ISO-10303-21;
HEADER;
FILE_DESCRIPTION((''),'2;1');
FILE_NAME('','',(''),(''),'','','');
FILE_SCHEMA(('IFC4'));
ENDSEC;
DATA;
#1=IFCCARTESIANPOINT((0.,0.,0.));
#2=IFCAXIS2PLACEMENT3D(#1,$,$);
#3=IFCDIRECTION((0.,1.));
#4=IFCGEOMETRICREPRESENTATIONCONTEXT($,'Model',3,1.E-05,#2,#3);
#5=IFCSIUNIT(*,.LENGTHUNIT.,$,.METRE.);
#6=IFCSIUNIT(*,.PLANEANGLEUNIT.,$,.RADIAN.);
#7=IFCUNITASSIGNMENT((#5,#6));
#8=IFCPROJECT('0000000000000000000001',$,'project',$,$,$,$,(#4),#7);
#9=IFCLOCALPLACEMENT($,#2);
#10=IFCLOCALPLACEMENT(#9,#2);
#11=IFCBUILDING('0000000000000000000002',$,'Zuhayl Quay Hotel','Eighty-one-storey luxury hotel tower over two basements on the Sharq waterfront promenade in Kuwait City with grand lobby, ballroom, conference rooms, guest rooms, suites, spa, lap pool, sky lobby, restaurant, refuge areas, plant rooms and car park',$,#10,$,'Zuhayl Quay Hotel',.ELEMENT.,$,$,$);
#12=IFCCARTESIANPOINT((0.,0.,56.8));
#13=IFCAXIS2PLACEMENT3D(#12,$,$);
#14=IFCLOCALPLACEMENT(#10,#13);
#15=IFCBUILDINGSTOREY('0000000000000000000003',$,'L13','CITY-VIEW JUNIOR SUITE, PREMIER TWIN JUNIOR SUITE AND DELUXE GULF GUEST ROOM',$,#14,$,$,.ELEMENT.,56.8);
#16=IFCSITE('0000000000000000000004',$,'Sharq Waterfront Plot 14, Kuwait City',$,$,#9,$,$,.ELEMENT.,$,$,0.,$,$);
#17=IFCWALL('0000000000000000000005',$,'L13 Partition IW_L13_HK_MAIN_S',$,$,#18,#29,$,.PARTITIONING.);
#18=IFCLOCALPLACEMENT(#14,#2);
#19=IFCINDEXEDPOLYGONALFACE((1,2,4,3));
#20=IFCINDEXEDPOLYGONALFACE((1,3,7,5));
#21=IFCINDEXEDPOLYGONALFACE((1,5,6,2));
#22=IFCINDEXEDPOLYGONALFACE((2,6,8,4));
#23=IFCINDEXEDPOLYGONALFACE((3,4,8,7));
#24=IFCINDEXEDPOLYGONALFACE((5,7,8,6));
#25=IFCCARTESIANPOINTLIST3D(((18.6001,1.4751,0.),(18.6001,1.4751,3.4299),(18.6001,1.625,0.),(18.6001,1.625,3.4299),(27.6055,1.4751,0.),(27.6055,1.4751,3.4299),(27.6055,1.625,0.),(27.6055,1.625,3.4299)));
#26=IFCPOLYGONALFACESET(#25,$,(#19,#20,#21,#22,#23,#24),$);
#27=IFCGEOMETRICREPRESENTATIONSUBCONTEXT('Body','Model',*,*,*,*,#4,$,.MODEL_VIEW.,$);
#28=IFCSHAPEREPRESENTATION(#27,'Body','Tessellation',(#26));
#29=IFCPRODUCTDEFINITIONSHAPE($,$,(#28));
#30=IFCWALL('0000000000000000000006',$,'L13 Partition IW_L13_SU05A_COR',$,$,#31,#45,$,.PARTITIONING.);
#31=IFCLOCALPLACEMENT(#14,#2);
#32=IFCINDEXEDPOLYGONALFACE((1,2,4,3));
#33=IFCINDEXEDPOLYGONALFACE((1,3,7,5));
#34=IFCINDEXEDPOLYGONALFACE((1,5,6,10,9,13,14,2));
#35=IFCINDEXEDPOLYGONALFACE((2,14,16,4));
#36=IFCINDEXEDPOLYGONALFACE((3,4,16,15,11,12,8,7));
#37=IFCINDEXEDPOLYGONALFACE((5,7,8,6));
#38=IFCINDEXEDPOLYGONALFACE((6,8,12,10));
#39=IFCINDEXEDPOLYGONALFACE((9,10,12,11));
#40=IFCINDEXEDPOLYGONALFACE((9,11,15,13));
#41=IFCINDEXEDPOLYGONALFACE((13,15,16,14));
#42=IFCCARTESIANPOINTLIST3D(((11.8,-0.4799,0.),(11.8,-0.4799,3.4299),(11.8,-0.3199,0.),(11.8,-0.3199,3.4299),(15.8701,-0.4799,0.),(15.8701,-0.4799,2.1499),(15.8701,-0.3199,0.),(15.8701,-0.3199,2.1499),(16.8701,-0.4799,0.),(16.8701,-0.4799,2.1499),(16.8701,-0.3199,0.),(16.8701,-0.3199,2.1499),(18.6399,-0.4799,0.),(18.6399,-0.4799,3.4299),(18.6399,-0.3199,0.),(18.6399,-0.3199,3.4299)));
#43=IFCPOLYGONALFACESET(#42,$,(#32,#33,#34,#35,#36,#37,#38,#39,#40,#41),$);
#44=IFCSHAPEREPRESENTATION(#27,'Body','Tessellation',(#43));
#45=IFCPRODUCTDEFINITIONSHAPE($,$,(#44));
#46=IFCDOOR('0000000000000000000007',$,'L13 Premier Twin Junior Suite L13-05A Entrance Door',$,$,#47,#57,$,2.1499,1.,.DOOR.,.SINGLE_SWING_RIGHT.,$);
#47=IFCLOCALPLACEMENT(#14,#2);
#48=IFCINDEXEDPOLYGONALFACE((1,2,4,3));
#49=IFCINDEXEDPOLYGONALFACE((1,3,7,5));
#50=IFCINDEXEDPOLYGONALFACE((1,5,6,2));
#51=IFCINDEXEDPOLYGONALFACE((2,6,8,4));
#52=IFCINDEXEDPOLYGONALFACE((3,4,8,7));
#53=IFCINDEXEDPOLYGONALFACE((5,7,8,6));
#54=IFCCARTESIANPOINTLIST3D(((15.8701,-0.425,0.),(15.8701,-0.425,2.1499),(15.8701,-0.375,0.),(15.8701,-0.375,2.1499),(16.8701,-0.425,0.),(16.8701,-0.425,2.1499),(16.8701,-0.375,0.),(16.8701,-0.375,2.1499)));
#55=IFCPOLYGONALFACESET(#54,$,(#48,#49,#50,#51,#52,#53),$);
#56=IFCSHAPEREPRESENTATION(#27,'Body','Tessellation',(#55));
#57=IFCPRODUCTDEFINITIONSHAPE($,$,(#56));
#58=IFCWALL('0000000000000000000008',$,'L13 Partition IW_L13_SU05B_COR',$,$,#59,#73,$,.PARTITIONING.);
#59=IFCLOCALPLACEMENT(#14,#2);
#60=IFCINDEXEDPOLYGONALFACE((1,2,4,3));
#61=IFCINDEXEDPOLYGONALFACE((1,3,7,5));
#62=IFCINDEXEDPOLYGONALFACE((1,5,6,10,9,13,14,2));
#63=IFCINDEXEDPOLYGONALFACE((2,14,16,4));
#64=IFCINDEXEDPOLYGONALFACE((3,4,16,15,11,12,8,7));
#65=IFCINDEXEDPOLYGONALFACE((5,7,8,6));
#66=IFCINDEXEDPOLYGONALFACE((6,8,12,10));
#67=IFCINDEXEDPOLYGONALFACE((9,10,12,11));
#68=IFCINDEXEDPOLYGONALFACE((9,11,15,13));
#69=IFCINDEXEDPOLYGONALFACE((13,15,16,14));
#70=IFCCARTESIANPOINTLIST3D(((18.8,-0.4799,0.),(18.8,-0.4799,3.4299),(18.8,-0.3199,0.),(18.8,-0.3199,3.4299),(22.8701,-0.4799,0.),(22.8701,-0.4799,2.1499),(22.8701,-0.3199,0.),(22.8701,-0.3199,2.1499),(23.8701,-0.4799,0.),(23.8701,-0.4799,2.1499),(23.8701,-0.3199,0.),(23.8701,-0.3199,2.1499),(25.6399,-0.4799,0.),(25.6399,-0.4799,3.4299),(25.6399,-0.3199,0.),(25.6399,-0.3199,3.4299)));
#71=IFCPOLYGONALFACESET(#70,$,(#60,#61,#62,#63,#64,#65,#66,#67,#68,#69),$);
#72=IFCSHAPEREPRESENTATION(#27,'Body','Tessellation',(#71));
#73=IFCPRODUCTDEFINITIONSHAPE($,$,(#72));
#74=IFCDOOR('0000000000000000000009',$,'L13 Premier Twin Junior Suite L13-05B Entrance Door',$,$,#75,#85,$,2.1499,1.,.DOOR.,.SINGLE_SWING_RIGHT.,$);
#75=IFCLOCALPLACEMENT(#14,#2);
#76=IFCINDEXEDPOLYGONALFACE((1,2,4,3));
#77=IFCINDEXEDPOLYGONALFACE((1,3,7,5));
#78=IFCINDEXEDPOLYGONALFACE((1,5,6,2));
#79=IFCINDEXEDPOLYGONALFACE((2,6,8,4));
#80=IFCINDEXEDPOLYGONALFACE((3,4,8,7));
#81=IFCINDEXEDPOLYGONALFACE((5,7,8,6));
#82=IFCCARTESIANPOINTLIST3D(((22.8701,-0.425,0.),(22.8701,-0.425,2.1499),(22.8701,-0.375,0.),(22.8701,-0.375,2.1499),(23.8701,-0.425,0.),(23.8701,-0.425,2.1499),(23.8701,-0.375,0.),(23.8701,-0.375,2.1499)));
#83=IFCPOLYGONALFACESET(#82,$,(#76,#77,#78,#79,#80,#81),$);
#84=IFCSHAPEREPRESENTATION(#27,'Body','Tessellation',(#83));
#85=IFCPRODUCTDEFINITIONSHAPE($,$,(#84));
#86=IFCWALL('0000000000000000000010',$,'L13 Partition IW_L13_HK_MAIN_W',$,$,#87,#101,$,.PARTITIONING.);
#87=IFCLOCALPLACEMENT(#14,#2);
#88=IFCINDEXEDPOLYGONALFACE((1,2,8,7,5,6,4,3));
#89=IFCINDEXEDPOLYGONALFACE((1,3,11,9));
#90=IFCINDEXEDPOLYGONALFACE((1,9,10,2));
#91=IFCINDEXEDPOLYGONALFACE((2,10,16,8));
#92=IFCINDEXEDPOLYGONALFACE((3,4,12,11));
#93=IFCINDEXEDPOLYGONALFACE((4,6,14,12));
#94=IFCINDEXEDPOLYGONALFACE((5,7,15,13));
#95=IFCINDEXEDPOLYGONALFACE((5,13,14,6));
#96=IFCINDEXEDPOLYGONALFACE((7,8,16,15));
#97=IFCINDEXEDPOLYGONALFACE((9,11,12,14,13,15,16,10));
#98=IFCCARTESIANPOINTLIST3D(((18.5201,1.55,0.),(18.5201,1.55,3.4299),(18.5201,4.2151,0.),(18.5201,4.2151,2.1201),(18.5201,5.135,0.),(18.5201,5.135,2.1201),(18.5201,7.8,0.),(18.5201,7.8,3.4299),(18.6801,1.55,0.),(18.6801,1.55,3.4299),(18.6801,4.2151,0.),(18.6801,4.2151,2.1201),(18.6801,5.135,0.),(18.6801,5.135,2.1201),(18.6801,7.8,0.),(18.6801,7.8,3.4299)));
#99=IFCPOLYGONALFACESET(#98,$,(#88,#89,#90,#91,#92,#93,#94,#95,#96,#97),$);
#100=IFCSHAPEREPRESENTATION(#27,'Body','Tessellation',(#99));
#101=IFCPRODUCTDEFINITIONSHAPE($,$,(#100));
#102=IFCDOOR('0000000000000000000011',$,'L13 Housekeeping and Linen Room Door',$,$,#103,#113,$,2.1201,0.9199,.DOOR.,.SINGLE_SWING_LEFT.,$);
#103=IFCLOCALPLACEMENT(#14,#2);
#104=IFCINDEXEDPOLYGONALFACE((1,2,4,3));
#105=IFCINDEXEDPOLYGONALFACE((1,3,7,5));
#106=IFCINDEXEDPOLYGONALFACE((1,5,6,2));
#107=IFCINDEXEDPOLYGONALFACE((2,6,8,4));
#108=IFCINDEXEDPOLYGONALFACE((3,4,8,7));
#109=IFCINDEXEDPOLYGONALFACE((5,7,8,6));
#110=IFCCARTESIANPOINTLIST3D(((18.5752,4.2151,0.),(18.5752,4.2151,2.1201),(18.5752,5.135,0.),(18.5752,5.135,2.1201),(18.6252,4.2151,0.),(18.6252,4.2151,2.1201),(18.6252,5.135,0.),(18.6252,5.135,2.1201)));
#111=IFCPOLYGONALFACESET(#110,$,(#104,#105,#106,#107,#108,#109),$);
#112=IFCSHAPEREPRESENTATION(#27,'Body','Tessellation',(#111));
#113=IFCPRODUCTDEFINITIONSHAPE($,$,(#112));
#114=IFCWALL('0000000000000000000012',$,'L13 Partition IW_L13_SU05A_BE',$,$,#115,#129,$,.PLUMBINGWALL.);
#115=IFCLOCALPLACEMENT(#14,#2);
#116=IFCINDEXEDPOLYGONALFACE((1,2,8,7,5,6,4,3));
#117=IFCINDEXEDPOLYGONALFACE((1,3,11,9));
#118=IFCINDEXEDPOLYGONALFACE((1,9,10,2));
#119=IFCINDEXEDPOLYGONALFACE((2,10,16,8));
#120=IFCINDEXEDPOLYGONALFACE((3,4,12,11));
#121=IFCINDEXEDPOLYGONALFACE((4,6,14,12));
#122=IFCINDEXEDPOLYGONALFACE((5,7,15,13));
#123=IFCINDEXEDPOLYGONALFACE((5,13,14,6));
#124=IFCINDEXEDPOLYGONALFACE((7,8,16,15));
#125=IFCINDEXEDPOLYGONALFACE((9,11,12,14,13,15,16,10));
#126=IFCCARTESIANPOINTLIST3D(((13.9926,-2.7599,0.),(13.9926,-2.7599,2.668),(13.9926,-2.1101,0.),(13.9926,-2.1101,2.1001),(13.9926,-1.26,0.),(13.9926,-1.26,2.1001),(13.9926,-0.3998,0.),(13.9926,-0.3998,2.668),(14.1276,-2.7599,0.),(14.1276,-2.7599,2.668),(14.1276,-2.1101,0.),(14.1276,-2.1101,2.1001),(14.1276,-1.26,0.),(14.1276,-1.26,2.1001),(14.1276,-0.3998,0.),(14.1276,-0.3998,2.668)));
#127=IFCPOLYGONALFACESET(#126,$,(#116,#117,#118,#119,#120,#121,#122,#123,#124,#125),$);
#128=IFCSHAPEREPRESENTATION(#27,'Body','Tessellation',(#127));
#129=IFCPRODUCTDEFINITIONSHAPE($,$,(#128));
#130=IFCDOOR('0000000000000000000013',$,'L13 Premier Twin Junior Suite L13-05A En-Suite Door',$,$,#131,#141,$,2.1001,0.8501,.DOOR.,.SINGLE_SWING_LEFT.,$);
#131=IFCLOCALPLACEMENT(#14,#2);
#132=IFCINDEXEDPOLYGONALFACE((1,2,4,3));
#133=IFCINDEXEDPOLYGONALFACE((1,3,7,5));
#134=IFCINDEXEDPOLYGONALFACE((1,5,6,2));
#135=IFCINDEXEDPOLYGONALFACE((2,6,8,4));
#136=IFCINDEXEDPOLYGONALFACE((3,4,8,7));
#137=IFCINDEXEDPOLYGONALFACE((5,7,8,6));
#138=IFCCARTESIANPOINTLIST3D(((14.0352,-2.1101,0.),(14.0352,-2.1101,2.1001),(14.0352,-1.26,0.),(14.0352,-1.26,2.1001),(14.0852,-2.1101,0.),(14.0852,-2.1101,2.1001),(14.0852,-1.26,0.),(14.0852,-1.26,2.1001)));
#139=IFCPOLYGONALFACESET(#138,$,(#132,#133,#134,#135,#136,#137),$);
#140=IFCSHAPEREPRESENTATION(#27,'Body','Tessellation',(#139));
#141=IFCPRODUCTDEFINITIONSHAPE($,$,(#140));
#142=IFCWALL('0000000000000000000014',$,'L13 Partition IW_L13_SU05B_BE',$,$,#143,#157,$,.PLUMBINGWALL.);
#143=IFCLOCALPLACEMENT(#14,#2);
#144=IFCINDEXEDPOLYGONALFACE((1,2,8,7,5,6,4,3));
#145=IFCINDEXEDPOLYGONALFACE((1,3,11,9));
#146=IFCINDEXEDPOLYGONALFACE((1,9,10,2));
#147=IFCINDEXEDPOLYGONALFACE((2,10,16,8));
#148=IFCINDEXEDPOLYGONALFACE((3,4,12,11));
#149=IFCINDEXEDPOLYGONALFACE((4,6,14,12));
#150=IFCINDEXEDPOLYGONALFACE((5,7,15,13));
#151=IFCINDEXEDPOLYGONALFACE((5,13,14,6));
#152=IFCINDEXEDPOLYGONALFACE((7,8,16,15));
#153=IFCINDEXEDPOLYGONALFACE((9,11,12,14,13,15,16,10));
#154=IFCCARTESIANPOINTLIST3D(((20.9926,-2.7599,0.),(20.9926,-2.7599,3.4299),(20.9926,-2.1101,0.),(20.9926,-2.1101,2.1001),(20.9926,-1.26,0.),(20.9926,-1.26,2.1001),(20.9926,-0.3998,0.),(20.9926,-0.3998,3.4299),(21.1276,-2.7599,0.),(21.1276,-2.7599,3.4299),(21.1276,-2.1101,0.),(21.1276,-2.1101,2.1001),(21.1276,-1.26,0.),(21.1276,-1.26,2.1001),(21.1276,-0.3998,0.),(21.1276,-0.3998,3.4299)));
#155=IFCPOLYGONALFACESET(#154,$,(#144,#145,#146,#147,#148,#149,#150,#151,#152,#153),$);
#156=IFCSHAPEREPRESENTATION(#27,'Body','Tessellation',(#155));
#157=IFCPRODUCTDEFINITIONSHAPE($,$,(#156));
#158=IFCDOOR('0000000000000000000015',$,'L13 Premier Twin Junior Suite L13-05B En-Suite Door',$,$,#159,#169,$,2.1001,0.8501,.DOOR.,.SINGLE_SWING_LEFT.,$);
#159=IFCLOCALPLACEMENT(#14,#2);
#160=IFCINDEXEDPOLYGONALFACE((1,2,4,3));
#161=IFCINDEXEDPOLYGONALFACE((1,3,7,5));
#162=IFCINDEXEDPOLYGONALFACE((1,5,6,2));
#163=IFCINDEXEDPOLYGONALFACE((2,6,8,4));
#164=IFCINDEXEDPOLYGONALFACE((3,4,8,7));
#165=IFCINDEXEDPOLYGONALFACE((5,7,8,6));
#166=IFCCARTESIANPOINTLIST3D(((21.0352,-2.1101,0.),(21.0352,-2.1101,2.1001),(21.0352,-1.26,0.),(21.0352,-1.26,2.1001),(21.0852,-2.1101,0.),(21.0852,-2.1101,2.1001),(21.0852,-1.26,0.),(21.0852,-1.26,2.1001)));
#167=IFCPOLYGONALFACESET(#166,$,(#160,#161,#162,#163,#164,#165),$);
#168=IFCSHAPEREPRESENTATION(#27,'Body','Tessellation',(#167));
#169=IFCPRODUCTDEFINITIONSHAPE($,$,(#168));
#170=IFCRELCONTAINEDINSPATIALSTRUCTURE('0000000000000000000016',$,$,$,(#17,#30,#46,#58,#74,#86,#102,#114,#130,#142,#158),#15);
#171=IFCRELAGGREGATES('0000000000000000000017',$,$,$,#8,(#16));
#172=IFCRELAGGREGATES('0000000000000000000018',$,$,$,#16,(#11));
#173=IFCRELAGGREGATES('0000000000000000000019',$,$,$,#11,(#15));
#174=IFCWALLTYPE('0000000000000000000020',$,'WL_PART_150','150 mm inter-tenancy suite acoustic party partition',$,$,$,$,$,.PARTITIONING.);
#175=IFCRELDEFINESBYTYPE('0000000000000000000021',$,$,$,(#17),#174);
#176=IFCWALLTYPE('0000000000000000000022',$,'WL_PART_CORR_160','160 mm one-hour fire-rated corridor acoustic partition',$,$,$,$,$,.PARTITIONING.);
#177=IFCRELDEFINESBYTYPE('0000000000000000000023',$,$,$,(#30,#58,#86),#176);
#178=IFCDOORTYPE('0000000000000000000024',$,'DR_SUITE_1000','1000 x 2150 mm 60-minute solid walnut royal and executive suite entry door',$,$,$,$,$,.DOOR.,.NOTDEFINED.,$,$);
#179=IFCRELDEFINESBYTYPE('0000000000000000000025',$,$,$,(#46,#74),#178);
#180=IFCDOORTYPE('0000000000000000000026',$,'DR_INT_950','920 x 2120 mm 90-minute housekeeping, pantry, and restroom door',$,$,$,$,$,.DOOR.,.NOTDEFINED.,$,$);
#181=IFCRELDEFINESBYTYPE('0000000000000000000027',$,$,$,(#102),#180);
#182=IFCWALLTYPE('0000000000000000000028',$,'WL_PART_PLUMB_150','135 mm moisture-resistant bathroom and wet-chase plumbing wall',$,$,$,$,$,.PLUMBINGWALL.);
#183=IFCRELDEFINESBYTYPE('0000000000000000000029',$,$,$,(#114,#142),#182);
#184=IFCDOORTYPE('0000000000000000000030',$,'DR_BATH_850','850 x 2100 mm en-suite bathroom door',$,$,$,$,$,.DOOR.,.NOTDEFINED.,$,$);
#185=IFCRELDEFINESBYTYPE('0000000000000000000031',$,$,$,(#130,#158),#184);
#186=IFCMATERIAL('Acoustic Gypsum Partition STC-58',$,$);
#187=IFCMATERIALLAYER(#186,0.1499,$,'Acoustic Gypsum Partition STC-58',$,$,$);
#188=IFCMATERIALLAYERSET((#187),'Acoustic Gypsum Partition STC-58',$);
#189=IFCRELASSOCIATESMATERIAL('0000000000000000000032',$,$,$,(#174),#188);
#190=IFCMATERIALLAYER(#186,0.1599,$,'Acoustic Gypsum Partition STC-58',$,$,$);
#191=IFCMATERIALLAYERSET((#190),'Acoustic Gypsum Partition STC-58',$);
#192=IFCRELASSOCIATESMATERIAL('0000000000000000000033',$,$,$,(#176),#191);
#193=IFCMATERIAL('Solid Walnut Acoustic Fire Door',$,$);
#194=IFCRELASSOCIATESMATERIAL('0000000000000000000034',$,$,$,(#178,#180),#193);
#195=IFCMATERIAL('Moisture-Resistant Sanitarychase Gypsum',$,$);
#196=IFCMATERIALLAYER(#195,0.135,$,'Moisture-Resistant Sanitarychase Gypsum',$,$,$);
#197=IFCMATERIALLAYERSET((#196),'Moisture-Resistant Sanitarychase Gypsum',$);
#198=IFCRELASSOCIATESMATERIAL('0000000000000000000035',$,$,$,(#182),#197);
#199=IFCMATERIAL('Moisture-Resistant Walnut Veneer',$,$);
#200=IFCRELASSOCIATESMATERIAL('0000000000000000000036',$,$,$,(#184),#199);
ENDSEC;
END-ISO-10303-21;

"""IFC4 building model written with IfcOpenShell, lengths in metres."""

from ifc_helpers import new_model, si_unit, direction, frame, frame_2d, origin, place, context, subcontext, project, spatial, rectangle, extrude, material, layer, layer_set, type_object, element, fill, save


model = new_model("IFC4")

# Units and contexts
model_context = context("Model", 3, precision=1e-05, world=origin(), true_north=direction((0.0, 1.0)))
body_context = subcontext(model_context, "Body", "Model", "MODEL_VIEW")
ifc_project = project(units=[si_unit("LENGTHUNIT", "METRE"), si_unit("PLANEANGLEUNIT", "RADIAN")], contexts=[model_context])

# Site, building, storey
site_placement = place(None, origin())
site = spatial("IfcSite", under=ifc_project, at=site_placement, Name="Sharq Waterfront Plot 14, Kuwait City", CompositionType="ELEMENT", RefElevation=0.0)
building_placement = place(site_placement, origin())
building = spatial("IfcBuilding", under=site, at=building_placement, Name="Zuhayl Quay Hotel", Description="Eighty-one-storey luxury hotel tower over two basements on the Sharq waterfront promenade in Kuwait City with grand lobby, ballroom, conference rooms, guest rooms, suites, spa, lap pool, sky lobby, restaurant, refuge areas, plant rooms and car park", LongName="Zuhayl Quay Hotel", CompositionType="ELEMENT")
storey_placement = place(building_placement, frame((0.0, 0.0, 56.8)))
storey = spatial("IfcBuildingStorey", under=building, at=storey_placement, Name="L13", Description="CITY-VIEW JUNIOR SUITE, PREMIER TWIN JUNIOR SUITE AND DELUXE GULF GUEST ROOM", CompositionType="ELEMENT", Elevation=56.8)

# Wall
ifc_material_1 = material(Name="Acoustic Gypsum Partition STC-58")
ifc_layer_1 = layer(ifc_material_1, 0.1499, Name="Acoustic Gypsum Partition STC-58")
ifc_layer_set_1 = layer_set([ifc_layer_1], Name="Acoustic Gypsum Partition STC-58")
wall_type_1 = type_object("IfcWallType", Name="WL_PART_150", Description="150 mm inter-tenancy suite acoustic party partition", PredefinedType="PARTITIONING", material=ifc_layer_set_1)
wall_1_placement = place(storey_placement, frame((18.6001, 1.55, 0.0), z_axis=(0.0, 0.0, 1.0), x_axis=(1.0, 0.0, 0.0)))
element("IfcWall", 1, at=wall_1_placement, inside=storey, type_object=wall_type_1, Name="L13 Partition IW_L13_HK_MAIN_S", PredefinedType="PARTITIONING", context=body_context, shape_type="SweptSolid", body=[
    extrude(rectangle(XDim=9.0054, YDim=0.1499, at=frame_2d((4.5027, 0.0))), origin(), (0.0, 0.0, 1.0), 3.4299),
])

# Walls, openings, doors
ifc_layer_2 = layer(ifc_material_1, 0.1599, Name="Acoustic Gypsum Partition STC-58")
ifc_layer_set_2 = layer_set([ifc_layer_2], Name="Acoustic Gypsum Partition STC-58")
wall_type_2 = type_object("IfcWallType", Name="WL_PART_CORR_160", Description="160 mm one-hour fire-rated corridor acoustic partition", PredefinedType="PARTITIONING", material=ifc_layer_set_2)
wall_2_placement = place(storey_placement, frame((11.8, -0.3999, 0.0), z_axis=(0.0, 0.0, 1.0), x_axis=(1.0, 0.0, 0.0)))
wall_2 = element("IfcWall", 2, at=wall_2_placement, inside=storey, type_object=wall_type_2, Name="L13 Partition IW_L13_SU05A_COR", PredefinedType="PARTITIONING", context=body_context, shape_type="SweptSolid", body=[
    extrude(rectangle(XDim=6.8398, YDim=0.1599, at=frame_2d((3.4199, 0.0))), origin(), (0.0, 0.0, 1.0), 3.4299),
])
opening_1_placement = place(wall_2_placement, frame((4.0701, 0.0, 0.0)))
opening_1 = element("IfcOpeningElement", 3, at=opening_1_placement, cuts=wall_2, PredefinedType="OPENING", context=body_context, shape_type="SweptSolid", body=[
    extrude(rectangle(XDim=1.0, YDim=2.1499, at=frame_2d((0.5, 1.075))), frame((0.0, 0.0898, 0.0), z_axis=(0.0, -1.0, 0.0), x_axis=(1.0, 0.0, 0.0)), (0.0, 0.0, 1.0), 0.1799),
])
ifc_material_2 = material(Name="Solid Walnut Acoustic Fire Door")
door_type_1 = type_object("IfcDoorType", Name="DR_SUITE_1000", Description="1000 x 2150 mm 60-minute solid walnut royal and executive suite entry door", OperationType="NOTDEFINED", PredefinedType="DOOR", material=ifc_material_2)
door_1_placement = place(opening_1_placement, origin())
door_1 = element("IfcDoor", 4, at=door_1_placement, inside=storey, type_object=door_type_1, Name="L13 Premier Twin Junior Suite L13-05A Entrance Door", OperationType="SINGLE_SWING_RIGHT", OverallHeight=2.1499, OverallWidth=1.0, PredefinedType="DOOR", context=body_context, shape_type="SweptSolid", body=[
    extrude(rectangle(XDim=1.0, YDim=2.1499, at=frame_2d((0.5, 1.075))), frame((0.0, 0.0249, 0.0), z_axis=(0.0, -1.0, 0.0), x_axis=(1.0, 0.0, 0.0)), (0.0, 0.0, 1.0), 0.05),
])
fill(opening_1, door_1)
wall_3_placement = place(storey_placement, frame((18.8, -0.3999, 0.0), z_axis=(0.0, 0.0, 1.0), x_axis=(1.0, 0.0, 0.0)))
wall_3 = element("IfcWall", 5, at=wall_3_placement, inside=storey, type_object=wall_type_2, Name="L13 Partition IW_L13_SU05B_COR", PredefinedType="PARTITIONING", context=body_context, shape_type="SweptSolid", body=[
    extrude(rectangle(XDim=6.8398, YDim=0.1599, at=frame_2d((3.4199, 0.0))), origin(), (0.0, 0.0, 1.0), 3.4299),
])
opening_2_placement = place(wall_3_placement, frame((4.0701, 0.0, 0.0)))
opening_2 = element("IfcOpeningElement", 6, at=opening_2_placement, cuts=wall_3, PredefinedType="OPENING", context=body_context, shape_type="SweptSolid", body=[
    extrude(rectangle(XDim=1.0, YDim=2.1499, at=frame_2d((0.5, 1.075))), frame((0.0, 0.0898, 0.0), z_axis=(0.0, -1.0, 0.0), x_axis=(1.0, 0.0, 0.0)), (0.0, 0.0, 1.0), 0.1799),
])
door_2_placement = place(opening_2_placement, origin())
door_2 = element("IfcDoor", 7, at=door_2_placement, inside=storey, type_object=door_type_1, Name="L13 Premier Twin Junior Suite L13-05B Entrance Door", OperationType="SINGLE_SWING_RIGHT", OverallHeight=2.1499, OverallWidth=1.0, PredefinedType="DOOR", context=body_context, shape_type="SweptSolid", body=[
    extrude(rectangle(XDim=1.0, YDim=2.1499, at=frame_2d((0.5, 1.075))), frame((0.0, 0.0249, 0.0), z_axis=(0.0, -1.0, 0.0), x_axis=(1.0, 0.0, 0.0)), (0.0, 0.0, 1.0), 0.05),
])
fill(opening_2, door_2)
wall_4_placement = place(storey_placement, frame((18.6001, 1.55, 0.0), z_axis=(0.0, 0.0, 1.0), x_axis=(0.0, 1.0, 0.0)))
wall_4 = element("IfcWall", 8, at=wall_4_placement, inside=storey, type_object=wall_type_2, Name="L13 Partition IW_L13_HK_MAIN_W", PredefinedType="PARTITIONING", context=body_context, shape_type="SweptSolid", body=[
    extrude(rectangle(XDim=6.25, YDim=0.1599, at=frame_2d((3.125, 0.0))), origin(), (0.0, 0.0, 1.0), 3.4299),
])
opening_3_placement = place(wall_4_placement, frame((2.665, 0.0, 0.0)))
opening_3 = element("IfcOpeningElement", 9, at=opening_3_placement, cuts=wall_4, PredefinedType="OPENING", context=body_context, shape_type="SweptSolid", body=[
    extrude(rectangle(XDim=0.9199, YDim=2.1201, at=frame_2d((0.46, 1.0601))), frame((0.0, 0.0898, 0.0), z_axis=(0.0, -1.0, 0.0), x_axis=(1.0, 0.0, 0.0)), (0.0, 0.0, 1.0), 0.1799),
])
door_type_2 = type_object("IfcDoorType", Name="DR_INT_950", Description="920 x 2120 mm 90-minute housekeeping, pantry, and restroom door", OperationType="NOTDEFINED", PredefinedType="DOOR", material=ifc_material_2)
door_3_placement = place(opening_3_placement, origin())
door_3 = element("IfcDoor", 10, at=door_3_placement, inside=storey, type_object=door_type_2, Name="L13 Housekeeping and Linen Room Door", OperationType="SINGLE_SWING_LEFT", OverallHeight=2.1201, OverallWidth=0.9199, PredefinedType="DOOR", context=body_context, shape_type="SweptSolid", body=[
    extrude(rectangle(XDim=0.9199, YDim=2.1201, at=frame_2d((0.46, 1.0601))), frame((0.0, 0.0249, 0.0), z_axis=(0.0, -1.0, 0.0), x_axis=(1.0, 0.0, 0.0)), (0.0, 0.0, 1.0), 0.05),
])
fill(opening_3, door_3)
ifc_material_3 = material(Name="Moisture-Resistant Sanitarychase Gypsum")
ifc_layer_3 = layer(ifc_material_3, 0.135, Name="Moisture-Resistant Sanitarychase Gypsum")
ifc_layer_set_3 = layer_set([ifc_layer_3], Name="Moisture-Resistant Sanitarychase Gypsum")
wall_type_3 = type_object("IfcWallType", Name="WL_PART_PLUMB_150", Description="135 mm moisture-resistant bathroom and wet-chase plumbing wall", PredefinedType="PLUMBINGWALL", material=ifc_layer_set_3)
wall_5_placement = place(storey_placement, frame((14.0601, -2.76, 0.0), z_axis=(0.0, 0.0, 1.0), x_axis=(0.0, 1.0, 0.0)))
wall_5 = element("IfcWall", 11, at=wall_5_placement, inside=storey, type_object=wall_type_3, Name="L13 Partition IW_L13_SU05A_BE", PredefinedType="PLUMBINGWALL", context=body_context, shape_type="SweptSolid", body=[
    extrude(rectangle(XDim=2.3601, YDim=0.135, at=frame_2d((1.1802, 0.0))), origin(), (0.0, 0.0, 1.0), 2.668),
])
opening_4_placement = place(wall_5_placement, frame((0.6499, 0.0, 0.0)))
opening_4 = element("IfcOpeningElement", 12, at=opening_4_placement, cuts=wall_5, PredefinedType="OPENING", context=body_context, shape_type="SweptSolid", body=[
    extrude(rectangle(XDim=0.8501, YDim=2.1001, at=frame_2d((0.425, 1.05))), frame((0.0, 0.0774, 0.0), z_axis=(0.0, -1.0, 0.0), x_axis=(1.0, 0.0, 0.0)), (0.0, 0.0, 1.0), 0.155),
])
ifc_material_4 = material(Name="Moisture-Resistant Walnut Veneer")
door_type_3 = type_object("IfcDoorType", Name="DR_BATH_850", Description="850 x 2100 mm en-suite bathroom door", OperationType="NOTDEFINED", PredefinedType="DOOR", material=ifc_material_4)
door_4_placement = place(opening_4_placement, origin())
door_4 = element("IfcDoor", 13, at=door_4_placement, inside=storey, type_object=door_type_3, Name="L13 Premier Twin Junior Suite L13-05A En-Suite Door", OperationType="SINGLE_SWING_LEFT", OverallHeight=2.1001, OverallWidth=0.8501, PredefinedType="DOOR", context=body_context, shape_type="SweptSolid", body=[
    extrude(rectangle(XDim=0.8501, YDim=2.1001, at=frame_2d((0.425, 1.05))), frame((0.0, 0.0249, 0.0), z_axis=(0.0, -1.0, 0.0), x_axis=(1.0, 0.0, 0.0)), (0.0, 0.0, 1.0), 0.05),
])
fill(opening_4, door_4)
wall_6_placement = place(storey_placement, frame((21.0601, -2.76, 0.0), z_axis=(0.0, 0.0, 1.0), x_axis=(0.0, 1.0, 0.0)))
wall_6 = element("IfcWall", 14, at=wall_6_placement, inside=storey, type_object=wall_type_3, Name="L13 Partition IW_L13_SU05B_BE", PredefinedType="PLUMBINGWALL", context=body_context, shape_type="SweptSolid", body=[
    extrude(rectangle(XDim=2.3601, YDim=0.135, at=frame_2d((1.1802, 0.0))), origin(), (0.0, 0.0, 1.0), 3.4299),
])
opening_5_placement = place(wall_6_placement, frame((0.6499, 0.0, 0.0)))
opening_5 = element("IfcOpeningElement", 15, at=opening_5_placement, cuts=wall_6, PredefinedType="OPENING", context=body_context, shape_type="SweptSolid", body=[
    extrude(rectangle(XDim=0.8501, YDim=2.1001, at=frame_2d((0.425, 1.05))), frame((0.0, 0.0774, 0.0), z_axis=(0.0, -1.0, 0.0), x_axis=(1.0, 0.0, 0.0)), (0.0, 0.0, 1.0), 0.155),
])
door_5_placement = place(opening_5_placement, origin())
door_5 = element("IfcDoor", 16, at=door_5_placement, inside=storey, type_object=door_type_3, Name="L13 Premier Twin Junior Suite L13-05B En-Suite Door", OperationType="SINGLE_SWING_LEFT", OverallHeight=2.1001, OverallWidth=0.8501, PredefinedType="DOOR", context=body_context, shape_type="SweptSolid", body=[
    extrude(rectangle(XDim=0.8501, YDim=2.1001, at=frame_2d((0.425, 1.05))), frame((0.0, 0.0249, 0.0), z_axis=(0.0, -1.0, 0.0), x_axis=(1.0, 0.0, 0.0)), (0.0, 0.0, 1.0), 0.05),
])
fill(opening_5, door_5)

save(model, "model.ifc")
